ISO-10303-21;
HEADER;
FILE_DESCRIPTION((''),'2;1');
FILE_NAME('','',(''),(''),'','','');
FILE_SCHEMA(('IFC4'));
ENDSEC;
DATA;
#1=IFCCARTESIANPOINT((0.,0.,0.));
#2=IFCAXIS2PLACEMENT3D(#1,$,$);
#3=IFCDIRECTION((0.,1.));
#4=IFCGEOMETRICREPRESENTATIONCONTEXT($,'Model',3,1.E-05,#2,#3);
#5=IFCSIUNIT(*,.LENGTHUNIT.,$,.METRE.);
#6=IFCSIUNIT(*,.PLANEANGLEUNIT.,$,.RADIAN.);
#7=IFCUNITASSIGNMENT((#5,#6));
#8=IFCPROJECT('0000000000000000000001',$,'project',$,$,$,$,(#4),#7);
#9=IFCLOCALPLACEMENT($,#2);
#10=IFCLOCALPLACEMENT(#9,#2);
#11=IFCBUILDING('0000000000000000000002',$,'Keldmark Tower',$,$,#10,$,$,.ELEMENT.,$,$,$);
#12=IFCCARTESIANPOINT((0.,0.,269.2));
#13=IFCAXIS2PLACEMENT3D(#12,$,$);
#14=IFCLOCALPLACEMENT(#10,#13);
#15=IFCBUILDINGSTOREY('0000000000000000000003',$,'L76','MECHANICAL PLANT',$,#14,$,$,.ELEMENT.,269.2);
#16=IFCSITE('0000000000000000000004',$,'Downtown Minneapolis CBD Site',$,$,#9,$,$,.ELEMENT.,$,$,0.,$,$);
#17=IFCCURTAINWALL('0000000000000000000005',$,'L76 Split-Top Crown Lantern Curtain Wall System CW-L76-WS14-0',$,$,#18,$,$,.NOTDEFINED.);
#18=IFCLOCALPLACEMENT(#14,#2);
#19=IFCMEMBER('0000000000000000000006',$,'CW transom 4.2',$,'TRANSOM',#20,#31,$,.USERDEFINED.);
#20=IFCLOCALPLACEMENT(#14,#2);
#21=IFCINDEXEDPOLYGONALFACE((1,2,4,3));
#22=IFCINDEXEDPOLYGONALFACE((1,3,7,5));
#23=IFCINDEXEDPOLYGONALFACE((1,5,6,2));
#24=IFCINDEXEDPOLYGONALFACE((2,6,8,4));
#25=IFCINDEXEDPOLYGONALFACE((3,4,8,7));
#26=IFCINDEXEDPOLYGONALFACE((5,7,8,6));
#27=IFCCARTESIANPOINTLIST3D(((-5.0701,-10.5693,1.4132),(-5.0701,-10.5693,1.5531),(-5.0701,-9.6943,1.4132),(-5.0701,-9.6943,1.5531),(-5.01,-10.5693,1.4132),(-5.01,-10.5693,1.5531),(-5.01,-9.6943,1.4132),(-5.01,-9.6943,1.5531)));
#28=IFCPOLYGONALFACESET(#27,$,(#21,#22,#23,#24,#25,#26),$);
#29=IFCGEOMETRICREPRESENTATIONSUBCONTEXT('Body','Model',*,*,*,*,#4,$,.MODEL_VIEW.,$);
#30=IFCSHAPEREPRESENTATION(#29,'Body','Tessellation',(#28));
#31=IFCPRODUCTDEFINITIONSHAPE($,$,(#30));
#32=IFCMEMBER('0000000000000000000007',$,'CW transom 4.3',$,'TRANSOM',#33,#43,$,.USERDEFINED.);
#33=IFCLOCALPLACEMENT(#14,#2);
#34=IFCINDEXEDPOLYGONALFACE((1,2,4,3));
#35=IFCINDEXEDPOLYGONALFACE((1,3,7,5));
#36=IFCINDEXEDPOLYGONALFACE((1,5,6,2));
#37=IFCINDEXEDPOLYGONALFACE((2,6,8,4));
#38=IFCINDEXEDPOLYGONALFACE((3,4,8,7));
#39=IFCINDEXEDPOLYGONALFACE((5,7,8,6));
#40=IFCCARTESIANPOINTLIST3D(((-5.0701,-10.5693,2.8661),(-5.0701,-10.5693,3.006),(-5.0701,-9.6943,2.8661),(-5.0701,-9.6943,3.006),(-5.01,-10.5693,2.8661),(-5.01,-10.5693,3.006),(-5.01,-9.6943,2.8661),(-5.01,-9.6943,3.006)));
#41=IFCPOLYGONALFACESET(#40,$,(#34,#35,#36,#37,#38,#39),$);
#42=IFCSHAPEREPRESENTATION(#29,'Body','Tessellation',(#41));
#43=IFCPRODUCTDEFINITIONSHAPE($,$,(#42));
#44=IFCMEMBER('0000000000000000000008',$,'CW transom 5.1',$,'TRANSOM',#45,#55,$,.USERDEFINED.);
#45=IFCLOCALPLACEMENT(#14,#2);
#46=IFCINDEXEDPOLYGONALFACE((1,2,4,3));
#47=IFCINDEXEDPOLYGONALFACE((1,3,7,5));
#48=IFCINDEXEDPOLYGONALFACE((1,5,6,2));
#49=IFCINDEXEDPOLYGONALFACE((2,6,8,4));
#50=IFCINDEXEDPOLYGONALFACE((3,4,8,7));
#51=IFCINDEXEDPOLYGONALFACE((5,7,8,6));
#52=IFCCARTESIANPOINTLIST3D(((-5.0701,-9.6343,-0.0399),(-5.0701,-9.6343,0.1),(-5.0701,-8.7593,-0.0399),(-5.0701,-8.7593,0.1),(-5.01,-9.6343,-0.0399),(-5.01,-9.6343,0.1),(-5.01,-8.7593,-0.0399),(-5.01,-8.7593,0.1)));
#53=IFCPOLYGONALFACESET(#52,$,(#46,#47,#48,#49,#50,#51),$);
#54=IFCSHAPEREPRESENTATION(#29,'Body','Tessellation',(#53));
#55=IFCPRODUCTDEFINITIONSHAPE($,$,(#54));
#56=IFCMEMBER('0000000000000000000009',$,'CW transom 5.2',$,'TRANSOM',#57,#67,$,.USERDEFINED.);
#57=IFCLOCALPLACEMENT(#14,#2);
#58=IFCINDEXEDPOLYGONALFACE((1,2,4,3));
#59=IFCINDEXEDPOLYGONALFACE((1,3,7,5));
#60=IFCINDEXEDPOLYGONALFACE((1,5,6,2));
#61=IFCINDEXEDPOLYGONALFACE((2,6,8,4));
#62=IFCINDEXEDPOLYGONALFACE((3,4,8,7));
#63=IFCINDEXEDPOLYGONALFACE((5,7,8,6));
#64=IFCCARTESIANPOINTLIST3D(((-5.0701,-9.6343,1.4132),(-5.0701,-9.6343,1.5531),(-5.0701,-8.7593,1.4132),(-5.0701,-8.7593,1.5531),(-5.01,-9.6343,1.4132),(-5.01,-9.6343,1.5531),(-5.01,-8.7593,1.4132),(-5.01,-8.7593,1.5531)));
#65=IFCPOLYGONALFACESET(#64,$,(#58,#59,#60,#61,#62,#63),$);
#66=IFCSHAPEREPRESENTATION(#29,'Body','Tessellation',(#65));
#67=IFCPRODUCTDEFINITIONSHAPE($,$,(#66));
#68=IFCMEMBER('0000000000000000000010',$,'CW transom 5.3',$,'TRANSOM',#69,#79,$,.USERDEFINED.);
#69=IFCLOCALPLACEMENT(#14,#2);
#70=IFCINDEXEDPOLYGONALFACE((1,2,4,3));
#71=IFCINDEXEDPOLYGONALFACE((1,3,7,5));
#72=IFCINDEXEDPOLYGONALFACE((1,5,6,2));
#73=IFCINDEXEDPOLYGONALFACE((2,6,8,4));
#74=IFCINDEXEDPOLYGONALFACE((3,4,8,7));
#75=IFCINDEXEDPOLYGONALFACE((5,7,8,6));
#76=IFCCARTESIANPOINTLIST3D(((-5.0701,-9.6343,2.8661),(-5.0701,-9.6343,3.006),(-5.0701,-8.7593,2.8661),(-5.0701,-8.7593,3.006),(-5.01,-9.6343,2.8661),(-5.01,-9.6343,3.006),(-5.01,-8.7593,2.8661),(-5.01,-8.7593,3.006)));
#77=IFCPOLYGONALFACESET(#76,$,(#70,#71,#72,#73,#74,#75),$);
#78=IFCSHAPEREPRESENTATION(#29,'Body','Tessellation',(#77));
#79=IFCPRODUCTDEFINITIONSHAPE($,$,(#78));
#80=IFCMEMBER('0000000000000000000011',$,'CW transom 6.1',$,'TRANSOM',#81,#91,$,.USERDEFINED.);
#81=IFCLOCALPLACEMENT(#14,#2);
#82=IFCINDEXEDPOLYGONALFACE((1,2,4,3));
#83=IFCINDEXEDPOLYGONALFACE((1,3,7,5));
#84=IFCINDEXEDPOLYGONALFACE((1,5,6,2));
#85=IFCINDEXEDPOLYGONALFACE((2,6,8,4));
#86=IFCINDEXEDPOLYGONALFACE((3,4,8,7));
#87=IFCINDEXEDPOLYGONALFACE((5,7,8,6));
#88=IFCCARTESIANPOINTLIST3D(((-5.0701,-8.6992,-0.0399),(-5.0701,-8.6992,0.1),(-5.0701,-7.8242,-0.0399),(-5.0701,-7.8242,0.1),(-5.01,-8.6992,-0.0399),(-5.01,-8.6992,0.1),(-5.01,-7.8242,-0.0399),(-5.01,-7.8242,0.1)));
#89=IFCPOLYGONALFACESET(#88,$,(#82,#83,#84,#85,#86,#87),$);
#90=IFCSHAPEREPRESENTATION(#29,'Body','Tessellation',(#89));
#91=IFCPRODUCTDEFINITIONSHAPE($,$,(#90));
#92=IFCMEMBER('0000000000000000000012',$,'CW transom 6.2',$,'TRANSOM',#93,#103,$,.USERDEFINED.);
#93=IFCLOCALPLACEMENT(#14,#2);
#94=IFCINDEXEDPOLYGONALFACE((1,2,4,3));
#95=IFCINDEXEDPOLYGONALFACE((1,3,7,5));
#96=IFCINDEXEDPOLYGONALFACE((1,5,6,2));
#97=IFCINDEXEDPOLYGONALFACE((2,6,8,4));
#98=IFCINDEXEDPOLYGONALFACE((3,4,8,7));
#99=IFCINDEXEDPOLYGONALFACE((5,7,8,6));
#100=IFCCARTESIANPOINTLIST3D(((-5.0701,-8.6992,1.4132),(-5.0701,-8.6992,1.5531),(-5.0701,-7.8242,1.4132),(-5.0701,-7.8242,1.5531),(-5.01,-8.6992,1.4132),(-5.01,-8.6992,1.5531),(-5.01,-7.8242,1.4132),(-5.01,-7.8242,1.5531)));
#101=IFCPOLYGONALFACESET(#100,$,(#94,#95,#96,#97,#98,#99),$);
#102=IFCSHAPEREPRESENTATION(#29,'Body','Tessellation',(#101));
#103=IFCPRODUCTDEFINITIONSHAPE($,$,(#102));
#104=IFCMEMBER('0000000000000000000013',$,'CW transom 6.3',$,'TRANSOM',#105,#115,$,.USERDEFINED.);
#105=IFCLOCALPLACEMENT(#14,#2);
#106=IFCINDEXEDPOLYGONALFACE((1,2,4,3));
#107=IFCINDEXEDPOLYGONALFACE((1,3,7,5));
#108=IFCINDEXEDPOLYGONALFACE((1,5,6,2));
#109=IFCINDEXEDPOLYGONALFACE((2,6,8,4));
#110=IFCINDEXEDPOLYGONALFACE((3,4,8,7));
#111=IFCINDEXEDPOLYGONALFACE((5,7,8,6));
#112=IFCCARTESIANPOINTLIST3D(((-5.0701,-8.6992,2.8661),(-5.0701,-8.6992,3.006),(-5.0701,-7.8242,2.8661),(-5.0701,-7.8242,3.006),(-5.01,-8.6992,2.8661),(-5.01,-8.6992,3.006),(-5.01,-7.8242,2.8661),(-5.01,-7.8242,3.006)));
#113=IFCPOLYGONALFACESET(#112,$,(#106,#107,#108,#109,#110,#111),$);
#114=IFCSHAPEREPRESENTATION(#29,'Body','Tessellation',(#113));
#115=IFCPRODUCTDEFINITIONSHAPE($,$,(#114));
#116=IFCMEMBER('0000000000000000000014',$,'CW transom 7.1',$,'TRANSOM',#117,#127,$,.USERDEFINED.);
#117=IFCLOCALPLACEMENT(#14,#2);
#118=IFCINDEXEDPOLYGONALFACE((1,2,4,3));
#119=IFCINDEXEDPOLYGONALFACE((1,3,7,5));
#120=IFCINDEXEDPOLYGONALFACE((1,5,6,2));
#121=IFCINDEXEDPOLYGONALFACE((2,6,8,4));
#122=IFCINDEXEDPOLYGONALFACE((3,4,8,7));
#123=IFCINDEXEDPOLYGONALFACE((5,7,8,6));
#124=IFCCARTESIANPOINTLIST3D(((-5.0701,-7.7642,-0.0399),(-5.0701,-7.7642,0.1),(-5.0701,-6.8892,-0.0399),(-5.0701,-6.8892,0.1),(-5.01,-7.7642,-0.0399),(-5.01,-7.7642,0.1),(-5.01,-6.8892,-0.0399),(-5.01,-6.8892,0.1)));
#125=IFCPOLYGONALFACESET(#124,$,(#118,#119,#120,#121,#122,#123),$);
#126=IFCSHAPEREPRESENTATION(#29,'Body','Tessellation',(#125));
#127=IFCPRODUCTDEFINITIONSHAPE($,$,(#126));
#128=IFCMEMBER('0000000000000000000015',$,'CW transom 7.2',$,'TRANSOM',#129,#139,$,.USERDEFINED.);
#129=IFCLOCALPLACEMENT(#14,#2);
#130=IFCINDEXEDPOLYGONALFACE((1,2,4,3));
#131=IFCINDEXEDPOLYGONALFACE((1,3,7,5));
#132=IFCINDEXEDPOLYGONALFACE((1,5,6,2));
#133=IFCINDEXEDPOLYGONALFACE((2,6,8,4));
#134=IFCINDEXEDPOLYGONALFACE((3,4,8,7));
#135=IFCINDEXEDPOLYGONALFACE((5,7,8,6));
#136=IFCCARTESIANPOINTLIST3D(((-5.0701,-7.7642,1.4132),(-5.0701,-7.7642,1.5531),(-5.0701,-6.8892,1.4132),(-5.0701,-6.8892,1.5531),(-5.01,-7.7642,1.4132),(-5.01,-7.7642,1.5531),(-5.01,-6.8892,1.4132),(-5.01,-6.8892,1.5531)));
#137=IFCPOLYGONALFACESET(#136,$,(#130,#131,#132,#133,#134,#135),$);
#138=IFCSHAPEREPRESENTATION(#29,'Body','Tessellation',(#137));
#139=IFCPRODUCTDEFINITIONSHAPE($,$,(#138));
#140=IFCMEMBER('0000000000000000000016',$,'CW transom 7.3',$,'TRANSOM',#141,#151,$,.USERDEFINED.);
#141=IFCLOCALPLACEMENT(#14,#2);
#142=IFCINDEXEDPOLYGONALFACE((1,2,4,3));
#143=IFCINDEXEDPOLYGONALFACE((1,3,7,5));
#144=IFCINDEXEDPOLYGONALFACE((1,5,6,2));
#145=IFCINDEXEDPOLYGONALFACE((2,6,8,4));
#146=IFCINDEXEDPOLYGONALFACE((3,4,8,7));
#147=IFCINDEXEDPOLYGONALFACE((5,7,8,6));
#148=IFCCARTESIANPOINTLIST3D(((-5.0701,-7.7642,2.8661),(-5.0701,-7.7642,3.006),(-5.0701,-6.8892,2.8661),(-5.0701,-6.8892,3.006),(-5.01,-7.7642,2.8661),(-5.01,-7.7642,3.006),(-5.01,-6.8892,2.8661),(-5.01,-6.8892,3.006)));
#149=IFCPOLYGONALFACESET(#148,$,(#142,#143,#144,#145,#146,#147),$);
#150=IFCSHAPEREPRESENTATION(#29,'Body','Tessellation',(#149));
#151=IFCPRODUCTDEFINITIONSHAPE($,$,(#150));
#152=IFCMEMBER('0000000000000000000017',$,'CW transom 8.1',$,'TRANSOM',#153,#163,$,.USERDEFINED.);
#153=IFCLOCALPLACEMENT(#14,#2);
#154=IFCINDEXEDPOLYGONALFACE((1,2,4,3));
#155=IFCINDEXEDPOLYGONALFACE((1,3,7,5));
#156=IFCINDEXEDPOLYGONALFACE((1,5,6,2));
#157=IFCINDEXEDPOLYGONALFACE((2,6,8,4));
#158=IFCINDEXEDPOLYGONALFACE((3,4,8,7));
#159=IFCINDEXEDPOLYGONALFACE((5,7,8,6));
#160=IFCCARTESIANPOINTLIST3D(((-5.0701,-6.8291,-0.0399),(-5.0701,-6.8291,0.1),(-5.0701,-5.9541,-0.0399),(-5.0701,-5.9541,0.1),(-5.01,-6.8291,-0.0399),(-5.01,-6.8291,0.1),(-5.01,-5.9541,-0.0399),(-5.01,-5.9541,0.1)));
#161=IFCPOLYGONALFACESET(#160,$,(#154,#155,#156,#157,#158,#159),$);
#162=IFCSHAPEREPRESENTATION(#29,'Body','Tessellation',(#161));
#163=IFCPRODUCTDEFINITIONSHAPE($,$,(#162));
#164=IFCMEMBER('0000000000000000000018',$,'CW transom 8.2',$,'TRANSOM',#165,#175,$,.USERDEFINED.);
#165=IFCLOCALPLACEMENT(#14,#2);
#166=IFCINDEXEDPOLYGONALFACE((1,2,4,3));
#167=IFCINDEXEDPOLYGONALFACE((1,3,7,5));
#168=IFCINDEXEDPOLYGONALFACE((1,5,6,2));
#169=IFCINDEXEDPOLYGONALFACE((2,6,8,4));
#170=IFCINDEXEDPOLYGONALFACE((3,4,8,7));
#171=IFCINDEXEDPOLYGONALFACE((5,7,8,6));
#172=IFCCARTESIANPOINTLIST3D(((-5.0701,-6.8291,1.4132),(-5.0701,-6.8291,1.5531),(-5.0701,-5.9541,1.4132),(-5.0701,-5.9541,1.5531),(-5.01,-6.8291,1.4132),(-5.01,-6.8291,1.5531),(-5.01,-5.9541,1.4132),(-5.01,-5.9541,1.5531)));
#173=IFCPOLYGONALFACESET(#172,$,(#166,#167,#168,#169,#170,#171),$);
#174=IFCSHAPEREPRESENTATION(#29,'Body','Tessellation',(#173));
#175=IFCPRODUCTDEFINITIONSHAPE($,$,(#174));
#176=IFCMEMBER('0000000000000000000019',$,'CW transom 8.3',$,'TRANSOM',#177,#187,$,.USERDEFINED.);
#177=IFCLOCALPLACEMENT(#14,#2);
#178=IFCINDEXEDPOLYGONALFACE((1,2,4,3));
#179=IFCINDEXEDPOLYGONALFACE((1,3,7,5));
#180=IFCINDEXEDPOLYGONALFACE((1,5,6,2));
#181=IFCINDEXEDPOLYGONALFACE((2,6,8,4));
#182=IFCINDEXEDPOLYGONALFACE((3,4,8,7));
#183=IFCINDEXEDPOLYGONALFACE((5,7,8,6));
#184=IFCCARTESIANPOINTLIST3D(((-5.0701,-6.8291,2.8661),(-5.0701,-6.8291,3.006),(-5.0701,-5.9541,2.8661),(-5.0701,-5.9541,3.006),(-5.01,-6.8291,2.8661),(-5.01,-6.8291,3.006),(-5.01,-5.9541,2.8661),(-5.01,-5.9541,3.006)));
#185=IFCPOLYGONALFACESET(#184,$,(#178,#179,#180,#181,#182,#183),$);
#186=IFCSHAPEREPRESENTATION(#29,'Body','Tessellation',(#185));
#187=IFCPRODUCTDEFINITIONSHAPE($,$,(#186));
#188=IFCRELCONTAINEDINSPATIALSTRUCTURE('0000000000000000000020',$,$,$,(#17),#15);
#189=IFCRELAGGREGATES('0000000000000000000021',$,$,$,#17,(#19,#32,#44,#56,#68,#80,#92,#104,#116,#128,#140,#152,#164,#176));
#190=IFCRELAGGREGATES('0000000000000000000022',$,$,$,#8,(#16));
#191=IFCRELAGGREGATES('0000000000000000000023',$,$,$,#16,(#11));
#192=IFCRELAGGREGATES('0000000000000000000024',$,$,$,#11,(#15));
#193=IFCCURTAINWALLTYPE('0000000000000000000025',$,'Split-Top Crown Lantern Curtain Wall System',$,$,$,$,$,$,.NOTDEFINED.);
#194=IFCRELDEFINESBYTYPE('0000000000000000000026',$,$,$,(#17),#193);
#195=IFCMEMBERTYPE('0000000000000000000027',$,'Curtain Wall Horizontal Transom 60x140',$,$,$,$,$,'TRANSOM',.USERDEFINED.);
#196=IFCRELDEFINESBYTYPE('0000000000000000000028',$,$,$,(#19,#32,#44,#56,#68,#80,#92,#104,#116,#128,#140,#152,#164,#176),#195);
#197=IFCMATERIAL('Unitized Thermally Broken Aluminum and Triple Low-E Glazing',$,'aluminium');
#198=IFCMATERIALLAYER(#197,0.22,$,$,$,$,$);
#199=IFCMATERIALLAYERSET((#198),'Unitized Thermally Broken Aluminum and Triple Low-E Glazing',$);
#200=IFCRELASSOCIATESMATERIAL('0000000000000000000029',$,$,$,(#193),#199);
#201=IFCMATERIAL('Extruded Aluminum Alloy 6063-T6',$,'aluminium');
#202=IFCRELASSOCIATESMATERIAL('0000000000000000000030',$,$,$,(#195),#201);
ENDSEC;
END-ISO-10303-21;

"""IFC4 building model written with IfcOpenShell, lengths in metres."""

from ifc_helpers import new_model, si_unit, direction, frame, origin, origin_2d, place, context, subcontext, project, spatial, rectangle, extrude, material, layer, layer_set, material_profile, profile_set, type_object, element, aggregate, save


model = new_model("IFC4")

# Units and contexts
model_context = context("Model", 3, precision=1e-05, world=origin(), true_north=direction((0.0, 1.0)))
body_context = subcontext(model_context, "Body", "Model", "MODEL_VIEW")
ifc_project = project(units=[si_unit("LENGTHUNIT", "METRE"), si_unit("PLANEANGLEUNIT", "RADIAN")], contexts=[model_context])

# Site, building, storey
site_placement = place(None, origin())
site = spatial("IfcSite", under=ifc_project, at=site_placement, Name="Downtown Minneapolis CBD Site", CompositionType="ELEMENT", RefElevation=0.0)
building_placement = place(site_placement, origin())
building = spatial("IfcBuilding", under=site, at=building_placement, Name="Keldmark Tower", CompositionType="ELEMENT")
storey_placement = place(building_placement, frame((0.0, 0.0, 269.2)))
storey = spatial("IfcBuildingStorey", under=building, at=storey_placement, Name="L76", Description="MECHANICAL PLANT", CompositionType="ELEMENT", Elevation=269.2)

# Curtain wall, members
ifc_material_1 = material(Name="Unitized Thermally Broken Aluminum and Triple Low-E Glazing", Category="aluminium")
ifc_layer_1 = layer(ifc_material_1, 0.22)
ifc_layer_set_1 = layer_set([ifc_layer_1], Name="Unitized Thermally Broken Aluminum and Triple Low-E Glazing")
curtain_wall_type = type_object("IfcCurtainWallType", Name="Split-Top Crown Lantern Curtain Wall System", PredefinedType="NOTDEFINED", material=ifc_layer_set_1)
curtain_wall_placement = place(storey_placement, origin())
curtain_wall = element("IfcCurtainWall", 1, at=curtain_wall_placement, inside=storey, type_object=curtain_wall_type, Name="L76 Split-Top Crown Lantern Curtain Wall System CW-L76-WS14-0", PredefinedType="NOTDEFINED")
ifc_material_2 = material(Name="Extruded Aluminum Alloy 6063-T6", Category="aluminium")
ifc_material_profile_1 = material_profile(ifc_material_2, rectangle(XDim=0.0601, YDim=0.1399, at=origin_2d()), Name="CWT60X140")
ifc_profile_set_1 = profile_set([ifc_material_profile_1], Name="Extruded Aluminum Alloy 6063-T6")
member_type_1 = type_object("IfcMemberType", Name="Curtain Wall Horizontal Transom 60x140", ElementType="TRANSOM", PredefinedType="USERDEFINED", material=ifc_profile_set_1)
member_1_placement = place(storey_placement, frame((-5.04, -10.5693, 1.4832), z_axis=(0.0, 1.0, 0.0), x_axis=(-1.0, 0.0, 0.0)))
member_1 = element("IfcMember", 2, at=member_1_placement, type_object=member_type_1, Name="CW transom 4.2", ObjectType="TRANSOM", PredefinedType="USERDEFINED", context=body_context, shape_type="SweptSolid", body=[
    extrude(rectangle(XDim=0.0601, YDim=0.1399, at=origin_2d()), origin(), (0.0, 0.0, 1.0), 0.875),
])
member_2_placement = place(storey_placement, frame((-5.04, -10.5693, 2.936), z_axis=(0.0, 1.0, 0.0), x_axis=(-1.0, 0.0, 0.0)))
member_2 = element("IfcMember", 3, at=member_2_placement, type_object=member_type_1, Name="CW transom 4.3", ObjectType="TRANSOM", PredefinedType="USERDEFINED", context=body_context, shape_type="SweptSolid", body=[
    extrude(rectangle(XDim=0.0601, YDim=0.1399, at=origin_2d()), origin(), (0.0, 0.0, 1.0), 0.875),
])
member_3_placement = place(storey_placement, frame((-5.04, -9.6343, 0.03), z_axis=(0.0, 1.0, 0.0), x_axis=(-1.0, 0.0, 0.0)))
member_3 = element("IfcMember", 4, at=member_3_placement, type_object=member_type_1, Name="CW transom 5.1", ObjectType="TRANSOM", PredefinedType="USERDEFINED", context=body_context, shape_type="SweptSolid", body=[
    extrude(rectangle(XDim=0.0601, YDim=0.1399, at=origin_2d()), origin(), (0.0, 0.0, 1.0), 0.875),
])
member_4_placement = place(storey_placement, frame((-5.04, -9.6343, 1.4832), z_axis=(0.0, 1.0, 0.0), x_axis=(-1.0, 0.0, 0.0)))
member_4 = element("IfcMember", 5, at=member_4_placement, type_object=member_type_1, Name="CW transom 5.2", ObjectType="TRANSOM", PredefinedType="USERDEFINED", context=body_context, shape_type="SweptSolid", body=[
    extrude(rectangle(XDim=0.0601, YDim=0.1399, at=origin_2d()), origin(), (0.0, 0.0, 1.0), 0.875),
])
member_5_placement = place(storey_placement, frame((-5.04, -9.6343, 2.936), z_axis=(0.0, 1.0, 0.0), x_axis=(-1.0, 0.0, 0.0)))
member_5 = element("IfcMember", 6, at=member_5_placement, type_object=member_type_1, Name="CW transom 5.3", ObjectType="TRANSOM", PredefinedType="USERDEFINED", context=body_context, shape_type="SweptSolid", body=[
    extrude(rectangle(XDim=0.0601, YDim=0.1399, at=origin_2d()), origin(), (0.0, 0.0, 1.0), 0.875),
])
member_6_placement = place(storey_placement, frame((-5.04, -8.6992, 0.03), z_axis=(0.0, 1.0, 0.0), x_axis=(-1.0, 0.0, 0.0)))
member_6 = element("IfcMember", 7, at=member_6_placement, type_object=member_type_1, Name="CW transom 6.1", ObjectType="TRANSOM", PredefinedType="USERDEFINED", context=body_context, shape_type="SweptSolid", body=[
    extrude(rectangle(XDim=0.0601, YDim=0.1399, at=origin_2d()), origin(), (0.0, 0.0, 1.0), 0.875),
])
member_7_placement = place(storey_placement, frame((-5.04, -8.6992, 1.4832), z_axis=(0.0, 1.0, 0.0), x_axis=(-1.0, 0.0, 0.0)))
member_7 = element("IfcMember", 8, at=member_7_placement, type_object=member_type_1, Name="CW transom 6.2", ObjectType="TRANSOM", PredefinedType="USERDEFINED", context=body_context, shape_type="SweptSolid", body=[
    extrude(rectangle(XDim=0.0601, YDim=0.1399, at=origin_2d()), origin(), (0.0, 0.0, 1.0), 0.875),
])
member_8_placement = place(storey_placement, frame((-5.04, -8.6992, 2.936), z_axis=(0.0, 1.0, 0.0), x_axis=(-1.0, 0.0, 0.0)))
member_8 = element("IfcMember", 9, at=member_8_placement, type_object=member_type_1, Name="CW transom 6.3", ObjectType="TRANSOM", PredefinedType="USERDEFINED", context=body_context, shape_type="SweptSolid", body=[
    extrude(rectangle(XDim=0.0601, YDim=0.1399, at=origin_2d()), origin(), (0.0, 0.0, 1.0), 0.875),
])
member_9_placement = place(storey_placement, frame((-5.04, -7.7642, 0.03), z_axis=(0.0, 1.0, 0.0), x_axis=(-1.0, 0.0, 0.0)))
member_9 = element("IfcMember", 10, at=member_9_placement, type_object=member_type_1, Name="CW transom 7.1", ObjectType="TRANSOM", PredefinedType="USERDEFINED", context=body_context, shape_type="SweptSolid", body=[
    extrude(rectangle(XDim=0.0601, YDim=0.1399, at=origin_2d()), origin(), (0.0, 0.0, 1.0), 0.875),
])
member_10_placement = place(storey_placement, frame((-5.04, -7.7642, 1.4832), z_axis=(0.0, 1.0, 0.0), x_axis=(-1.0, 0.0, 0.0)))
member_10 = element("IfcMember", 11, at=member_10_placement, type_object=member_type_1, Name="CW transom 7.2", ObjectType="TRANSOM", PredefinedType="USERDEFINED", context=body_context, shape_type="SweptSolid", body=[
    extrude(rectangle(XDim=0.0601, YDim=0.1399, at=origin_2d()), origin(), (0.0, 0.0, 1.0), 0.875),
])
member_11_placement = place(storey_placement, frame((-5.04, -7.7642, 2.936), z_axis=(0.0, 1.0, 0.0), x_axis=(-1.0, 0.0, 0.0)))
member_11 = element("IfcMember", 12, at=member_11_placement, type_object=member_type_1, Name="CW transom 7.3", ObjectType="TRANSOM", PredefinedType="USERDEFINED", context=body_context, shape_type="SweptSolid", body=[
    extrude(rectangle(XDim=0.0601, YDim=0.1399, at=origin_2d()), origin(), (0.0, 0.0, 1.0), 0.875),
])
member_12_placement = place(storey_placement, frame((-5.04, -6.8291, 0.03), z_axis=(0.0, 1.0, 0.0), x_axis=(-1.0, 0.0, 0.0)))
member_12 = element("IfcMember", 13, at=member_12_placement, type_object=member_type_1, Name="CW transom 8.1", ObjectType="TRANSOM", PredefinedType="USERDEFINED", context=body_context, shape_type="SweptSolid", body=[
    extrude(rectangle(XDim=0.0601, YDim=0.1399, at=origin_2d()), origin(), (0.0, 0.0, 1.0), 0.875),
])
member_13_placement = place(storey_placement, frame((-5.04, -6.8291, 1.4832), z_axis=(0.0, 1.0, 0.0), x_axis=(-1.0, 0.0, 0.0)))
member_13 = element("IfcMember", 14, at=member_13_placement, type_object=member_type_1, Name="CW transom 8.2", ObjectType="TRANSOM", PredefinedType="USERDEFINED", context=body_context, shape_type="SweptSolid", body=[
    extrude(rectangle(XDim=0.0601, YDim=0.1399, at=origin_2d()), origin(), (0.0, 0.0, 1.0), 0.875),
])
member_14_placement = place(storey_placement, frame((-5.04, -6.8291, 2.936), z_axis=(0.0, 1.0, 0.0), x_axis=(-1.0, 0.0, 0.0)))
member_14 = element("IfcMember", 15, at=member_14_placement, type_object=member_type_1, Name="CW transom 8.3", ObjectType="TRANSOM", PredefinedType="USERDEFINED", context=body_context, shape_type="SweptSolid", body=[
    extrude(rectangle(XDim=0.0601, YDim=0.1399, at=origin_2d()), origin(), (0.0, 0.0, 1.0), 0.875),
])

aggregate(curtain_wall, [member_1, member_2, member_3, member_4, member_5, member_6, member_7, member_8, member_9, member_10, member_11, member_12, member_13, member_14])

save(model, "model.ifc")
